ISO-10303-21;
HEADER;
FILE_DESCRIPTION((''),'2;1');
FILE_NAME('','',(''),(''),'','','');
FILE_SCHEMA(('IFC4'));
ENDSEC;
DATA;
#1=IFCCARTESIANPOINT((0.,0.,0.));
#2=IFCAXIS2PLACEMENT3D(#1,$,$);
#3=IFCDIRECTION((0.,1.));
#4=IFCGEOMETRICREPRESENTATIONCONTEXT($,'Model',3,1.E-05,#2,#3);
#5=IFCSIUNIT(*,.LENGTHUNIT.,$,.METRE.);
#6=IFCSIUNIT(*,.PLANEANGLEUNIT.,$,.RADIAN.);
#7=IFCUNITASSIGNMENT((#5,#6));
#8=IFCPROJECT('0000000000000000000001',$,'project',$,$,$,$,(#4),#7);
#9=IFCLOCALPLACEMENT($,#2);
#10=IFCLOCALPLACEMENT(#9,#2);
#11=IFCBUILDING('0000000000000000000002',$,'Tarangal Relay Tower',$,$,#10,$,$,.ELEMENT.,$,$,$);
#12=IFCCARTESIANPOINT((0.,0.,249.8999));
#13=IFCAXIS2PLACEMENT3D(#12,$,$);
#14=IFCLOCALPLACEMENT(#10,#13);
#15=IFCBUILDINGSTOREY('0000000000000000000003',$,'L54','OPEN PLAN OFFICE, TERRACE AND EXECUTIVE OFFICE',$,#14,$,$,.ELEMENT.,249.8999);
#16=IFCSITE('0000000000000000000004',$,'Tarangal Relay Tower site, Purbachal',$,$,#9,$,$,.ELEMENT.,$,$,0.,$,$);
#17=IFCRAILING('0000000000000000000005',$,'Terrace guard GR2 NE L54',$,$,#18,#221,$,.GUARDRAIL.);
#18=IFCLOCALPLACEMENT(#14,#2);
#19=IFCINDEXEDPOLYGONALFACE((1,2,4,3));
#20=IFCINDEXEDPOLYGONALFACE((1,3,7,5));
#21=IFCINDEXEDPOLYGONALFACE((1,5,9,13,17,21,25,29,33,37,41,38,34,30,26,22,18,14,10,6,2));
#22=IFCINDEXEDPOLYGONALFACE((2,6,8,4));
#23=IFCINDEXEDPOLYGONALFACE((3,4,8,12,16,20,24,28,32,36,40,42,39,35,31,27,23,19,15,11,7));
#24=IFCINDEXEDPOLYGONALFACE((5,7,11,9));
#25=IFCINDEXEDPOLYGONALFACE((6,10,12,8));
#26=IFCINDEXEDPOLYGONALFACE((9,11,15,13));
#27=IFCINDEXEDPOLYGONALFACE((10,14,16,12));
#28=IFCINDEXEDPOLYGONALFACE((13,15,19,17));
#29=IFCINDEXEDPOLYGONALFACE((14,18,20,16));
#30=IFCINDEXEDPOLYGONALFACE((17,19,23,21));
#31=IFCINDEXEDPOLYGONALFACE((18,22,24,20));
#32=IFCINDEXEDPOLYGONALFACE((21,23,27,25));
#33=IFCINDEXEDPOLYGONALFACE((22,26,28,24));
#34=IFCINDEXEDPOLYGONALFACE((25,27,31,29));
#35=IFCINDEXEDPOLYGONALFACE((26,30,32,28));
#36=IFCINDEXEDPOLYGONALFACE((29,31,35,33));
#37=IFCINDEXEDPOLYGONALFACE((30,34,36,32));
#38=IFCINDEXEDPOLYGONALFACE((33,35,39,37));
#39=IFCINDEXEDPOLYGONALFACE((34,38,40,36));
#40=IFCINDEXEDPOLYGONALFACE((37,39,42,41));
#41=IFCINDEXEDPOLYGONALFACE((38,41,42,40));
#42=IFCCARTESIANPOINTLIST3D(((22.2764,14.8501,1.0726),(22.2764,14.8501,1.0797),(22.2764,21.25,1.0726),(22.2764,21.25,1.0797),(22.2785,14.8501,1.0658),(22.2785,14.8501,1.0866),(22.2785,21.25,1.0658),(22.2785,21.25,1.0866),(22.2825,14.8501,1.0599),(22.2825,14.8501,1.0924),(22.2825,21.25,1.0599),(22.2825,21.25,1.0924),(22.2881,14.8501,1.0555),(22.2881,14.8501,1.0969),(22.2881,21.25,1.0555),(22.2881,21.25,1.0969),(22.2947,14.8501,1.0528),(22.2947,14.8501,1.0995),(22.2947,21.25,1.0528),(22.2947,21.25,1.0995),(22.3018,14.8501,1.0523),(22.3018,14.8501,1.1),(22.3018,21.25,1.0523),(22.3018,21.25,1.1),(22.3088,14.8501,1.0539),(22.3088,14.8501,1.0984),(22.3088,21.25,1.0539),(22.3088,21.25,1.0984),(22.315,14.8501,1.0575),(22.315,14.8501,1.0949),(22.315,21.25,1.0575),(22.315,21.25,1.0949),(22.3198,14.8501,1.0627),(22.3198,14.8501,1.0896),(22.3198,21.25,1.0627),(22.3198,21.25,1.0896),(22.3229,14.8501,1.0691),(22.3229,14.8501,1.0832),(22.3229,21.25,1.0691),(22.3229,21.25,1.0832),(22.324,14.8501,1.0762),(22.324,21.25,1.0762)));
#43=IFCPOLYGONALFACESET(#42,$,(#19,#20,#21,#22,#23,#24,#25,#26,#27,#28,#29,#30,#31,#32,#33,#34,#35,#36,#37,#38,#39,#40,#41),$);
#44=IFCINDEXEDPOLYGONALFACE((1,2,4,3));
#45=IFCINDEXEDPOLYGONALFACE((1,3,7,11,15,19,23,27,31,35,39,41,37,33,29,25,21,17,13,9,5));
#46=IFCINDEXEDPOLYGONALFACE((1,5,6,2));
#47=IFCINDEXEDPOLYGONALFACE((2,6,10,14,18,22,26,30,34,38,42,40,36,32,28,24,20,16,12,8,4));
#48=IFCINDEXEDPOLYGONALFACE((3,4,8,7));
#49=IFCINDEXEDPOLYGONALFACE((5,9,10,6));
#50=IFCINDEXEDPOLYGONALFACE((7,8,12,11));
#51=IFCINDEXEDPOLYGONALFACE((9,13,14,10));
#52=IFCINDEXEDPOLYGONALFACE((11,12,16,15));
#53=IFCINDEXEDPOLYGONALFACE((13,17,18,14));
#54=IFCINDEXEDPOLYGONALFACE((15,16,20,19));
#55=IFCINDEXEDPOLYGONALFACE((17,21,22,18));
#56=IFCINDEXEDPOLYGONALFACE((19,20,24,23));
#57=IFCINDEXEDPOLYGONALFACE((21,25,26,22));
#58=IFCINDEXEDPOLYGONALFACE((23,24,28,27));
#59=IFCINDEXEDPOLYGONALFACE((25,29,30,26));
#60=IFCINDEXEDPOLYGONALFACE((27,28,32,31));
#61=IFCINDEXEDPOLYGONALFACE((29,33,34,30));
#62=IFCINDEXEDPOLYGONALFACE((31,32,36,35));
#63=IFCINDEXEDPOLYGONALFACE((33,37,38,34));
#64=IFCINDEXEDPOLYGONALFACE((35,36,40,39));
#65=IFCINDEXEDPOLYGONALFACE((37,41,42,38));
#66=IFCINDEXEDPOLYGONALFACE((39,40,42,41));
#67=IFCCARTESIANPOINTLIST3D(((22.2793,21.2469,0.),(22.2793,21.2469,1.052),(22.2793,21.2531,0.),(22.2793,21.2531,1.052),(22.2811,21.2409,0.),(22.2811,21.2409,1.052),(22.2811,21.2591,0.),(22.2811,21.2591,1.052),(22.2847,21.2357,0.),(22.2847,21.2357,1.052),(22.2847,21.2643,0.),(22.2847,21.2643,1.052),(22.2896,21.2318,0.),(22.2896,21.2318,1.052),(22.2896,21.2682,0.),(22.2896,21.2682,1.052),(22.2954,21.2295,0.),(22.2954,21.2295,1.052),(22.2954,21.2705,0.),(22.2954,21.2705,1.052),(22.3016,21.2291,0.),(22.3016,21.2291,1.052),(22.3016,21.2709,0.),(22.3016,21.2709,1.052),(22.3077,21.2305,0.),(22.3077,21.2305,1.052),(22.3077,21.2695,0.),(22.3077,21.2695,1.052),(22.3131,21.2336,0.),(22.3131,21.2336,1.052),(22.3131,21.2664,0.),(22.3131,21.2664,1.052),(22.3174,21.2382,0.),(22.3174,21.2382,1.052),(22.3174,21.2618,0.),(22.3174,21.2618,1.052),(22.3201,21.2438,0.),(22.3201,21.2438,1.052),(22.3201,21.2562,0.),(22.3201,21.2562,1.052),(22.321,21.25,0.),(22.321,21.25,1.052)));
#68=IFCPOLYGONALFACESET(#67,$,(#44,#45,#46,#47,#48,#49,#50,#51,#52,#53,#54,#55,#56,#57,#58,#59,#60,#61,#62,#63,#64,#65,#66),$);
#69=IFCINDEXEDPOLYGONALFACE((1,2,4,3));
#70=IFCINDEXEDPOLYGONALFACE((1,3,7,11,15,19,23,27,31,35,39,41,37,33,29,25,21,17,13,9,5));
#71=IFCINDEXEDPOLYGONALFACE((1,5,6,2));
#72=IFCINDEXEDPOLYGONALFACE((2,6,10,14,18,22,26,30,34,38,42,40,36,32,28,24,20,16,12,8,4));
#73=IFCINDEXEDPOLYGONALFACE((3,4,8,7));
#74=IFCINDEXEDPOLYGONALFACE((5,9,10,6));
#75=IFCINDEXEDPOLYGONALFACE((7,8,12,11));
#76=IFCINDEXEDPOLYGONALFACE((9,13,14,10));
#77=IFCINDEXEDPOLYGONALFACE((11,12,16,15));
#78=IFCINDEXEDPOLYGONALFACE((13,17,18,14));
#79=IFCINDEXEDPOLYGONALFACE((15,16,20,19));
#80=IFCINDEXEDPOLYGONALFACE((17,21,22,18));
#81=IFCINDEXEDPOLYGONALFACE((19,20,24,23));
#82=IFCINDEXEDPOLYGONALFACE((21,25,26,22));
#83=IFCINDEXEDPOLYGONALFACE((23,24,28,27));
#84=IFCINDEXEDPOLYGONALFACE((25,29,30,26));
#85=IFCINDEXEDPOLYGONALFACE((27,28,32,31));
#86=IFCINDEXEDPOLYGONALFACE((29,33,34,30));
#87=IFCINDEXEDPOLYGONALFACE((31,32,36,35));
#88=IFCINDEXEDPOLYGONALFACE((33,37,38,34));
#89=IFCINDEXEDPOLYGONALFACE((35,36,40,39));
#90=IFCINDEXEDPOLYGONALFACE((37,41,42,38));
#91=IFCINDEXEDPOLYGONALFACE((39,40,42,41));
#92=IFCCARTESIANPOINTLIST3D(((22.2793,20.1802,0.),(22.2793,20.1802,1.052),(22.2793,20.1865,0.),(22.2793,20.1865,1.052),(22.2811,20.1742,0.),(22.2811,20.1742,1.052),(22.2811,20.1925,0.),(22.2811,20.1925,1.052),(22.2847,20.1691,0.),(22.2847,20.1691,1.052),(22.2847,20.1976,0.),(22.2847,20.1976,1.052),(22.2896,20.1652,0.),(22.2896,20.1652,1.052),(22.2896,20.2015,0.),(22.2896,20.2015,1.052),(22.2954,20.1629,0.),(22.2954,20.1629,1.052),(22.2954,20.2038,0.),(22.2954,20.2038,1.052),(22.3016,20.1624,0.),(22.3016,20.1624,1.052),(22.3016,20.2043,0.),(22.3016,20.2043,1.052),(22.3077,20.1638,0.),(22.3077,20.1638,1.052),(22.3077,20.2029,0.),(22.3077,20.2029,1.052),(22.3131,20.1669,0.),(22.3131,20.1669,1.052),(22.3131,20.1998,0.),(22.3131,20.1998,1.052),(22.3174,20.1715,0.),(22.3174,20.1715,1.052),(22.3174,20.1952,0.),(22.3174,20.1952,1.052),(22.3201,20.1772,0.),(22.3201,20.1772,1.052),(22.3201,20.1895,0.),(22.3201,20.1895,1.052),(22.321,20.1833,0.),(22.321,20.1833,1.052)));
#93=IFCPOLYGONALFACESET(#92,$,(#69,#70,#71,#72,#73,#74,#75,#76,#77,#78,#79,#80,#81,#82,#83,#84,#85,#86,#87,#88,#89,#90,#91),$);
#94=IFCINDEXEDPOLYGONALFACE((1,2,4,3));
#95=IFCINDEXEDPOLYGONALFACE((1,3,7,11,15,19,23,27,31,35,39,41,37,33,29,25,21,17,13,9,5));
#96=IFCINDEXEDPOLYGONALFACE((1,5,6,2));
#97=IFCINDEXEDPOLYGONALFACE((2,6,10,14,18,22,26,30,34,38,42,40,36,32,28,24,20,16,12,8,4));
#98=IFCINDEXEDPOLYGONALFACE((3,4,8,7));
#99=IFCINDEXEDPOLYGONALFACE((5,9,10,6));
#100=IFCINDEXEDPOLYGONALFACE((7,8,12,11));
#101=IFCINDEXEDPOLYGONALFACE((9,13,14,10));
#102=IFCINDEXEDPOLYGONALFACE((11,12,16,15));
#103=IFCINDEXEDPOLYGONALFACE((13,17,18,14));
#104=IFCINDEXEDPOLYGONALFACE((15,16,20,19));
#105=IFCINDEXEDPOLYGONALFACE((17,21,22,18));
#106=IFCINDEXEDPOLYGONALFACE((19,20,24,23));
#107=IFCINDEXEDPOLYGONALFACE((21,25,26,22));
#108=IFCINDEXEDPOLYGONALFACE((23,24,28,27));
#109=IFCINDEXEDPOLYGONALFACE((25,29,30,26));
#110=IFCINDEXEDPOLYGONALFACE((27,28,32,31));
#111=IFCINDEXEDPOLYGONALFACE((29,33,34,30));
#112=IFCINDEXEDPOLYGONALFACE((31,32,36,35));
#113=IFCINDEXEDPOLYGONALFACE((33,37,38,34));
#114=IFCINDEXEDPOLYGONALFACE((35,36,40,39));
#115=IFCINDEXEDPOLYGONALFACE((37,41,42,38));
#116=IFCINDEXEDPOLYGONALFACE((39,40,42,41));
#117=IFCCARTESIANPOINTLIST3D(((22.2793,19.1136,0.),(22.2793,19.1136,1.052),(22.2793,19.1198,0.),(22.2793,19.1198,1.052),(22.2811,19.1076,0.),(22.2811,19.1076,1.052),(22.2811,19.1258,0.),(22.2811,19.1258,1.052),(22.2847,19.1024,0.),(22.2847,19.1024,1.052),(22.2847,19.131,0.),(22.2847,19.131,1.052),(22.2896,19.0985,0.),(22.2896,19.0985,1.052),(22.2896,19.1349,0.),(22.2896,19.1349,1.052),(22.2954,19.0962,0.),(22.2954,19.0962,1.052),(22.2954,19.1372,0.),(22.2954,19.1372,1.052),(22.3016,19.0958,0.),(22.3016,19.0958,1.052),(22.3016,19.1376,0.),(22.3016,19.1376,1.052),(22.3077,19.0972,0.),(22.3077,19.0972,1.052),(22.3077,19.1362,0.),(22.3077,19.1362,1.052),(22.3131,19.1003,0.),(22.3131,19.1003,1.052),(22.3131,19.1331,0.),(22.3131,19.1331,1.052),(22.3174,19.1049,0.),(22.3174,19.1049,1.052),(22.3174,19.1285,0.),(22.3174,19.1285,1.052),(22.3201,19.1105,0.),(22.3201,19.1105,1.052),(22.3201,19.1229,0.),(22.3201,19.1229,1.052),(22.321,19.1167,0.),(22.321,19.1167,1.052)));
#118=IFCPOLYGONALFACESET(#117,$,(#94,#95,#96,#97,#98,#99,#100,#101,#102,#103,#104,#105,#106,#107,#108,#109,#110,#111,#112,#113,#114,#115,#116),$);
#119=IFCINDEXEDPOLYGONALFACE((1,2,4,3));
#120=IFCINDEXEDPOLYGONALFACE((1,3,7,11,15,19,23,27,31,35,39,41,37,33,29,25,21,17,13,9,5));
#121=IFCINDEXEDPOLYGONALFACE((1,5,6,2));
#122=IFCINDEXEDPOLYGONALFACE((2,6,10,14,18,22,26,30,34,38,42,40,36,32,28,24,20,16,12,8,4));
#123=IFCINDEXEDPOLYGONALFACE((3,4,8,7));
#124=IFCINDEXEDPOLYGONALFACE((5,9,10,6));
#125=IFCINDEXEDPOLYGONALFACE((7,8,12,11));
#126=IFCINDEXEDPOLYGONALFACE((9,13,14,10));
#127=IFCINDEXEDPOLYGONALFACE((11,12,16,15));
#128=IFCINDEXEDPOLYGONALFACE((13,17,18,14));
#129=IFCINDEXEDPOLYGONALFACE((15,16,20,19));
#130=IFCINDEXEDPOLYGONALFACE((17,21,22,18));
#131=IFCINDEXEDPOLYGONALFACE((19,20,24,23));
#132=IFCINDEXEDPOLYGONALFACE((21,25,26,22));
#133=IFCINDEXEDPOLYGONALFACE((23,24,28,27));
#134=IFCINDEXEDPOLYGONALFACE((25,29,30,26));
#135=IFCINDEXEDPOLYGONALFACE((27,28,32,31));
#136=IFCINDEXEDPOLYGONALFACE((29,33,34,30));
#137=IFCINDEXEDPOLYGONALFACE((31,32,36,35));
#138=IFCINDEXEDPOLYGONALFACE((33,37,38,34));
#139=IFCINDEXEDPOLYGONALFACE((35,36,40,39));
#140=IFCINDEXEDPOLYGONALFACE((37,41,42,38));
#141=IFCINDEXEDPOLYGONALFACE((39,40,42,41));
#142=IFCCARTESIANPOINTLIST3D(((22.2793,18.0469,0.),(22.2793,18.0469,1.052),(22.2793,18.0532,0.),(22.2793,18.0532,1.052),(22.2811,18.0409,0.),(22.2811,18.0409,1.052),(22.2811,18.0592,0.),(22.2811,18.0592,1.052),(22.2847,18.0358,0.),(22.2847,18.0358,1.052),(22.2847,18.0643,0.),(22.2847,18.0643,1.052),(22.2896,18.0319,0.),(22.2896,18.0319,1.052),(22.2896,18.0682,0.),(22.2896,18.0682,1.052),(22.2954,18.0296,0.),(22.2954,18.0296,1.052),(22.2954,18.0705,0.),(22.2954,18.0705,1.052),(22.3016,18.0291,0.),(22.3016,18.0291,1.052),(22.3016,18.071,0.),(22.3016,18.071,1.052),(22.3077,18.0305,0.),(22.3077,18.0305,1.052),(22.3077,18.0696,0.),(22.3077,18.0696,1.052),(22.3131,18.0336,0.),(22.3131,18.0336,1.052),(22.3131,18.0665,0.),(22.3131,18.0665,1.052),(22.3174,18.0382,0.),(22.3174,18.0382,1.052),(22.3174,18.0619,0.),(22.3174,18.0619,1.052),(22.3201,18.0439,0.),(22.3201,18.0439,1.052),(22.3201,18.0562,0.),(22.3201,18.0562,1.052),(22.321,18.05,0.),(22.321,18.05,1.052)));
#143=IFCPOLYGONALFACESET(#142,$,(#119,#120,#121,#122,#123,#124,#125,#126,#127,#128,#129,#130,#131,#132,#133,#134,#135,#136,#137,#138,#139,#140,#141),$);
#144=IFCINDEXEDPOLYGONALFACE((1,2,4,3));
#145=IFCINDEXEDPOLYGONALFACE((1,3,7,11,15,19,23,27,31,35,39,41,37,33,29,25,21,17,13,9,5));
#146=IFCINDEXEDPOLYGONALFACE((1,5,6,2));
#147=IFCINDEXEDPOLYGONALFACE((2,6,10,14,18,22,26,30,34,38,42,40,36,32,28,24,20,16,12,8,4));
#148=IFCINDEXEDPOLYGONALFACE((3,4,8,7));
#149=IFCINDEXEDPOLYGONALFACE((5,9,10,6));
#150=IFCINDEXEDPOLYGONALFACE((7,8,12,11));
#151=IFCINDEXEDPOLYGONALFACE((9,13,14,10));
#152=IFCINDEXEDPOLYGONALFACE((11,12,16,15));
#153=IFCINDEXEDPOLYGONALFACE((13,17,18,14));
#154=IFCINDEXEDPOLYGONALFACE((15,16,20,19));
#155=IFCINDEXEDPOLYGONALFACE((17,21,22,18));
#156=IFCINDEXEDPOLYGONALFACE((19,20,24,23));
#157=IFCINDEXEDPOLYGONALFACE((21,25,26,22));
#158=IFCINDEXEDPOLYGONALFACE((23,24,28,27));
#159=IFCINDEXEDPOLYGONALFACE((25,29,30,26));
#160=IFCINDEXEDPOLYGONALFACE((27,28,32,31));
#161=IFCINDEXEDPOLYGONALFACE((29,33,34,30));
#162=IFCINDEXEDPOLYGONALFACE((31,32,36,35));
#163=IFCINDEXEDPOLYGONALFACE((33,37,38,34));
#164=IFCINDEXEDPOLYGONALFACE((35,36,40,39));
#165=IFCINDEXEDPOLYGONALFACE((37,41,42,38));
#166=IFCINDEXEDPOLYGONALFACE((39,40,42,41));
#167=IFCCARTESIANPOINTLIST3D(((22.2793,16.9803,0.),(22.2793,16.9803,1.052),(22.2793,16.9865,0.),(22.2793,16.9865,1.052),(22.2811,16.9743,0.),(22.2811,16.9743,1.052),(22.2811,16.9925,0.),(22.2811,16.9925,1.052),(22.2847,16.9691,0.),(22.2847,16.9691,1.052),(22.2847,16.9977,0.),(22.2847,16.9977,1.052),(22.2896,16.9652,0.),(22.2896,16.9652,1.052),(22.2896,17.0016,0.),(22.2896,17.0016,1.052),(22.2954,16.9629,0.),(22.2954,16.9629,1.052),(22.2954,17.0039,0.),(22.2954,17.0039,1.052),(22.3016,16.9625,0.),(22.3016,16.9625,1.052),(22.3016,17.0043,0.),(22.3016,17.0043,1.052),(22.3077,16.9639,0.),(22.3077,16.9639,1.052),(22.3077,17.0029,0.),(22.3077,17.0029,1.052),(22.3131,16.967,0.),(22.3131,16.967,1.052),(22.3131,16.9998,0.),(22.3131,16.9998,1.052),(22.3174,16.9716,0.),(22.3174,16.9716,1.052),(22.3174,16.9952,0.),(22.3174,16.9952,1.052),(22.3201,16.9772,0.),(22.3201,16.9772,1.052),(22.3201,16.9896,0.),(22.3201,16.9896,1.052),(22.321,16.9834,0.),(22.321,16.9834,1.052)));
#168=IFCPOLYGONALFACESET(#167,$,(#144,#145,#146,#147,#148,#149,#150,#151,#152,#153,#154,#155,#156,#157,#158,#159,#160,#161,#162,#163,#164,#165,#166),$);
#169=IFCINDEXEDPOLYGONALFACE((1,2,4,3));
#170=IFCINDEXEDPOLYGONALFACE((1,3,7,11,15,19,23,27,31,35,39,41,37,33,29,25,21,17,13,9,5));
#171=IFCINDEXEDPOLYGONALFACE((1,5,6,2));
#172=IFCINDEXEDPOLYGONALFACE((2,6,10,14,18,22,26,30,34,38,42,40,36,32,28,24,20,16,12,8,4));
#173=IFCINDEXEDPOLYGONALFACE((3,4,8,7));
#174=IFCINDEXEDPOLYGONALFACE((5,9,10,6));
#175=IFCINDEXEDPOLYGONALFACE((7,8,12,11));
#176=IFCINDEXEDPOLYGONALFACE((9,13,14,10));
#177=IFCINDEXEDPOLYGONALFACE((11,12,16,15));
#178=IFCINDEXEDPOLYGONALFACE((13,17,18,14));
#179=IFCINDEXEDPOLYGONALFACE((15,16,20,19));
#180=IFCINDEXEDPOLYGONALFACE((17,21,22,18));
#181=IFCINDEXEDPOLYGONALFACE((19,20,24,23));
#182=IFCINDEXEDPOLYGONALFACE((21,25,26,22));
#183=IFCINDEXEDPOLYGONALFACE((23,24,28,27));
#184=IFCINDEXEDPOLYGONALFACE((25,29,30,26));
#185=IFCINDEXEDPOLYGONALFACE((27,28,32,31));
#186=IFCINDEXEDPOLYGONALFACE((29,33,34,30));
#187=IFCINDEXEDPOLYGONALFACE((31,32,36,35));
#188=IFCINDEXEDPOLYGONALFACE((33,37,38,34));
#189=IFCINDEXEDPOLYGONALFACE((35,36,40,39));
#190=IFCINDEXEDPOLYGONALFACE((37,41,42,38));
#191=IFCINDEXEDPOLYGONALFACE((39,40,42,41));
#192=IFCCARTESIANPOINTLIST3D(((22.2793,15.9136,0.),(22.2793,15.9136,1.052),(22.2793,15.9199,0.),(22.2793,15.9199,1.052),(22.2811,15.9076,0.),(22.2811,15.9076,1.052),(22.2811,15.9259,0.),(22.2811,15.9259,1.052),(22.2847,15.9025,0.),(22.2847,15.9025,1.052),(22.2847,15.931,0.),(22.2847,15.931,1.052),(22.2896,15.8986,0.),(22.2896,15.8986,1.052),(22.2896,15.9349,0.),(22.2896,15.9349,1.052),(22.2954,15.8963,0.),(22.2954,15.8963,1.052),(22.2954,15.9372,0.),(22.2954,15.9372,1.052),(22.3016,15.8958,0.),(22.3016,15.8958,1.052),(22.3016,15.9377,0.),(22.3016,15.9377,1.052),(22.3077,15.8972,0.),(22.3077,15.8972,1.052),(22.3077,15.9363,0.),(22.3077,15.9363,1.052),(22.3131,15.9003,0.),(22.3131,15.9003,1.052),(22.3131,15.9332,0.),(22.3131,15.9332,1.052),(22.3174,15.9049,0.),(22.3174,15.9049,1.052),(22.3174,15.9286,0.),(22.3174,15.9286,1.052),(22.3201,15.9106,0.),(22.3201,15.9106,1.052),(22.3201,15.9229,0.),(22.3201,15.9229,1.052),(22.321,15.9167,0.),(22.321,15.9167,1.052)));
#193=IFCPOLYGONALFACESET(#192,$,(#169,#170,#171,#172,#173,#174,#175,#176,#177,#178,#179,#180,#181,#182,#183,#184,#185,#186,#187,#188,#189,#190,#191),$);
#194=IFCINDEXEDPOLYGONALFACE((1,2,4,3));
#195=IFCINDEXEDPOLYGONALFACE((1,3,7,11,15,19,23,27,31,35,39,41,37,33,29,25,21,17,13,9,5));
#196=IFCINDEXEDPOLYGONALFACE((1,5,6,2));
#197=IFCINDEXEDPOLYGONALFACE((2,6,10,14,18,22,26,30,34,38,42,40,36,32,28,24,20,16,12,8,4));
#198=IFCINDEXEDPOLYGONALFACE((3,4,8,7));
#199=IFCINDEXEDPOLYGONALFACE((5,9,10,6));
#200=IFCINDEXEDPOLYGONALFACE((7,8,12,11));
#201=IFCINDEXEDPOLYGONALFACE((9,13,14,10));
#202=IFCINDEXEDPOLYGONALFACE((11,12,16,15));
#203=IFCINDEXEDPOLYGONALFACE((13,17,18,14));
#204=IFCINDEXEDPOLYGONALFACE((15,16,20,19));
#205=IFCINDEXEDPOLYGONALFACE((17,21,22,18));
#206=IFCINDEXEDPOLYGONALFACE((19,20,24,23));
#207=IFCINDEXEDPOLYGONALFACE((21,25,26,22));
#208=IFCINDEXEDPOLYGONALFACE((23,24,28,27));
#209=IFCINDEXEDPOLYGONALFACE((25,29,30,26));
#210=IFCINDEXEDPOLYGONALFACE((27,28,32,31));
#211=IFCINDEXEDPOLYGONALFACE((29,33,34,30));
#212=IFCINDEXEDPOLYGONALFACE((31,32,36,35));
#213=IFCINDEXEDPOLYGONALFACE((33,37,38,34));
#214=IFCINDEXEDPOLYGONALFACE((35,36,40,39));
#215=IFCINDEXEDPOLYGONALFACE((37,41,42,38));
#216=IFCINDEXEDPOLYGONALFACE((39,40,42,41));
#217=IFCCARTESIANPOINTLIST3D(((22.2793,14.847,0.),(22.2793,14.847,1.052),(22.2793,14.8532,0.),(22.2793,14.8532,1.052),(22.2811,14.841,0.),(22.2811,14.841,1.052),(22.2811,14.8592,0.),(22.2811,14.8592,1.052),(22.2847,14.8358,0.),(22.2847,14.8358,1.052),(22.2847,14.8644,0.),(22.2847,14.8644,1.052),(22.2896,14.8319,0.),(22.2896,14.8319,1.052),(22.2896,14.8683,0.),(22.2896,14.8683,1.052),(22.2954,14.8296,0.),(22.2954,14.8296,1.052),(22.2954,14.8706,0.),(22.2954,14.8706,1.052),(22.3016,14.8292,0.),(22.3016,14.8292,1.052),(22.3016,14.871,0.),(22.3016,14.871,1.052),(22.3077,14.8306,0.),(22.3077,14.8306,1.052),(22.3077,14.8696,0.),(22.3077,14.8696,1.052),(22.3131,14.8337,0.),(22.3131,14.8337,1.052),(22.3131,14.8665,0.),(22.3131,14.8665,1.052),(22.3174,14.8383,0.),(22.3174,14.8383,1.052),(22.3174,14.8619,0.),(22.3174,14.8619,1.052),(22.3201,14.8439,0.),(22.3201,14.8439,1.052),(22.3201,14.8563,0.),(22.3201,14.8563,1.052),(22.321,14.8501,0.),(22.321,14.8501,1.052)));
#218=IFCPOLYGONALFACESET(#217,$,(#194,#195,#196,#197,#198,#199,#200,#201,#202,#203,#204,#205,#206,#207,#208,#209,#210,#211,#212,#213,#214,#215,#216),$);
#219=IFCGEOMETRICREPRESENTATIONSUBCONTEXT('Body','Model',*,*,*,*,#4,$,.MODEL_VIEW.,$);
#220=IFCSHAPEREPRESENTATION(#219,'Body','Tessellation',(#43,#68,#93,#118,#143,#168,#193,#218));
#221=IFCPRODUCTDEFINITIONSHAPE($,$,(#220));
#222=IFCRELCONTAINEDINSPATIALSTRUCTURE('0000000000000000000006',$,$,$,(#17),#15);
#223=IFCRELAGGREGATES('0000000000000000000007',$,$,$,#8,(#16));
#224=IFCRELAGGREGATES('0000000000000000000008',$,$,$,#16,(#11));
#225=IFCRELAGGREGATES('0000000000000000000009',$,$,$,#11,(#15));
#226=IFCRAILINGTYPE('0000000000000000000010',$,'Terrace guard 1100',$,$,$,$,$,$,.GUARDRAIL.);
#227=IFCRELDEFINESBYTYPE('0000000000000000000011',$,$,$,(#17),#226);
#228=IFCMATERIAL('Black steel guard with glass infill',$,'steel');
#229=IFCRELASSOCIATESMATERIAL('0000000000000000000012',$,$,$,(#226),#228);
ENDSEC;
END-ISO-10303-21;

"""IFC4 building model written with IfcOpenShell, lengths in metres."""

from ifc_helpers import new_model, si_unit, direction, frame, origin, origin_2d, place, context, subcontext, project, spatial, circle, extrude, material, type_object, element, save


model = new_model("IFC4")

# Units and contexts
model_context = context("Model", 3, precision=1e-05, world=origin(), true_north=direction((0.0, 1.0)))
body_context = subcontext(model_context, "Body", "Model", "MODEL_VIEW")
ifc_project = project(units=[si_unit("LENGTHUNIT", "METRE"), si_unit("PLANEANGLEUNIT", "RADIAN")], contexts=[model_context])

# Site, building, storey
site_placement = place(None, origin())
site = spatial("IfcSite", under=ifc_project, at=site_placement, Name="Tarangal Relay Tower site, Purbachal", CompositionType="ELEMENT", RefElevation=0.0)
building_placement = place(site_placement, origin())
building = spatial("IfcBuilding", under=site, at=building_placement, Name="Tarangal Relay Tower", CompositionType="ELEMENT")
storey_placement = place(building_placement, frame((0.0, 0.0, 249.8999)))
storey = spatial("IfcBuildingStorey", under=building, at=storey_placement, Name="L54", Description="OPEN PLAN OFFICE, TERRACE AND EXECUTIVE OFFICE", CompositionType="ELEMENT", Elevation=249.8999)

# Railing
ifc_material_1 = material(Name="Black steel guard with glass infill", Category="steel")
railing_type = type_object("IfcRailingType", Name="Terrace guard 1100", PredefinedType="GUARDRAIL", material=ifc_material_1)
railing_1_placement = place(storey_placement, frame((22.3, 21.25, 0.0)))
element("IfcRailing", 1, at=railing_1_placement, inside=storey, type_object=railing_type, Name="Terrace guard GR2 NE L54", PredefinedType="GUARDRAIL", context=body_context, shape_type="SweptSolid", body=[
    extrude(circle(Radius=0.0239, at=origin_2d()), frame((0.0, 0.0, 1.0762), z_axis=(0.0, -1.0, 0.0), x_axis=(1.0, 0.0, 0.0)), (0.0, 0.0, 1.0), 6.3999),
    extrude(circle(Radius=0.021, at=origin_2d()), origin(), (0.0, 0.0, 1.0), 1.052),
    extrude(circle(Radius=0.021, at=origin_2d()), frame((0.0, -1.0667, 0.0)), (0.0, 0.0, 1.0), 1.052),
    extrude(circle(Radius=0.021, at=origin_2d()), frame((0.0, -2.1333, 0.0)), (0.0, 0.0, 1.0), 1.052),
    extrude(circle(Radius=0.021, at=origin_2d()), frame((0.0, -3.2, 0.0)), (0.0, 0.0, 1.0), 1.052),
    extrude(circle(Radius=0.021, at=origin_2d()), frame((0.0, -4.2666, 0.0)), (0.0, 0.0, 1.0), 1.052),
    extrude(circle(Radius=0.021, at=origin_2d()), frame((0.0, -5.3333, 0.0)), (0.0, 0.0, 1.0), 1.052),
    extrude(circle(Radius=0.021, at=origin_2d()), frame((0.0, -6.3999, 0.0)), (0.0, 0.0, 1.0), 1.052),
])

save(model, "model.ifc")
